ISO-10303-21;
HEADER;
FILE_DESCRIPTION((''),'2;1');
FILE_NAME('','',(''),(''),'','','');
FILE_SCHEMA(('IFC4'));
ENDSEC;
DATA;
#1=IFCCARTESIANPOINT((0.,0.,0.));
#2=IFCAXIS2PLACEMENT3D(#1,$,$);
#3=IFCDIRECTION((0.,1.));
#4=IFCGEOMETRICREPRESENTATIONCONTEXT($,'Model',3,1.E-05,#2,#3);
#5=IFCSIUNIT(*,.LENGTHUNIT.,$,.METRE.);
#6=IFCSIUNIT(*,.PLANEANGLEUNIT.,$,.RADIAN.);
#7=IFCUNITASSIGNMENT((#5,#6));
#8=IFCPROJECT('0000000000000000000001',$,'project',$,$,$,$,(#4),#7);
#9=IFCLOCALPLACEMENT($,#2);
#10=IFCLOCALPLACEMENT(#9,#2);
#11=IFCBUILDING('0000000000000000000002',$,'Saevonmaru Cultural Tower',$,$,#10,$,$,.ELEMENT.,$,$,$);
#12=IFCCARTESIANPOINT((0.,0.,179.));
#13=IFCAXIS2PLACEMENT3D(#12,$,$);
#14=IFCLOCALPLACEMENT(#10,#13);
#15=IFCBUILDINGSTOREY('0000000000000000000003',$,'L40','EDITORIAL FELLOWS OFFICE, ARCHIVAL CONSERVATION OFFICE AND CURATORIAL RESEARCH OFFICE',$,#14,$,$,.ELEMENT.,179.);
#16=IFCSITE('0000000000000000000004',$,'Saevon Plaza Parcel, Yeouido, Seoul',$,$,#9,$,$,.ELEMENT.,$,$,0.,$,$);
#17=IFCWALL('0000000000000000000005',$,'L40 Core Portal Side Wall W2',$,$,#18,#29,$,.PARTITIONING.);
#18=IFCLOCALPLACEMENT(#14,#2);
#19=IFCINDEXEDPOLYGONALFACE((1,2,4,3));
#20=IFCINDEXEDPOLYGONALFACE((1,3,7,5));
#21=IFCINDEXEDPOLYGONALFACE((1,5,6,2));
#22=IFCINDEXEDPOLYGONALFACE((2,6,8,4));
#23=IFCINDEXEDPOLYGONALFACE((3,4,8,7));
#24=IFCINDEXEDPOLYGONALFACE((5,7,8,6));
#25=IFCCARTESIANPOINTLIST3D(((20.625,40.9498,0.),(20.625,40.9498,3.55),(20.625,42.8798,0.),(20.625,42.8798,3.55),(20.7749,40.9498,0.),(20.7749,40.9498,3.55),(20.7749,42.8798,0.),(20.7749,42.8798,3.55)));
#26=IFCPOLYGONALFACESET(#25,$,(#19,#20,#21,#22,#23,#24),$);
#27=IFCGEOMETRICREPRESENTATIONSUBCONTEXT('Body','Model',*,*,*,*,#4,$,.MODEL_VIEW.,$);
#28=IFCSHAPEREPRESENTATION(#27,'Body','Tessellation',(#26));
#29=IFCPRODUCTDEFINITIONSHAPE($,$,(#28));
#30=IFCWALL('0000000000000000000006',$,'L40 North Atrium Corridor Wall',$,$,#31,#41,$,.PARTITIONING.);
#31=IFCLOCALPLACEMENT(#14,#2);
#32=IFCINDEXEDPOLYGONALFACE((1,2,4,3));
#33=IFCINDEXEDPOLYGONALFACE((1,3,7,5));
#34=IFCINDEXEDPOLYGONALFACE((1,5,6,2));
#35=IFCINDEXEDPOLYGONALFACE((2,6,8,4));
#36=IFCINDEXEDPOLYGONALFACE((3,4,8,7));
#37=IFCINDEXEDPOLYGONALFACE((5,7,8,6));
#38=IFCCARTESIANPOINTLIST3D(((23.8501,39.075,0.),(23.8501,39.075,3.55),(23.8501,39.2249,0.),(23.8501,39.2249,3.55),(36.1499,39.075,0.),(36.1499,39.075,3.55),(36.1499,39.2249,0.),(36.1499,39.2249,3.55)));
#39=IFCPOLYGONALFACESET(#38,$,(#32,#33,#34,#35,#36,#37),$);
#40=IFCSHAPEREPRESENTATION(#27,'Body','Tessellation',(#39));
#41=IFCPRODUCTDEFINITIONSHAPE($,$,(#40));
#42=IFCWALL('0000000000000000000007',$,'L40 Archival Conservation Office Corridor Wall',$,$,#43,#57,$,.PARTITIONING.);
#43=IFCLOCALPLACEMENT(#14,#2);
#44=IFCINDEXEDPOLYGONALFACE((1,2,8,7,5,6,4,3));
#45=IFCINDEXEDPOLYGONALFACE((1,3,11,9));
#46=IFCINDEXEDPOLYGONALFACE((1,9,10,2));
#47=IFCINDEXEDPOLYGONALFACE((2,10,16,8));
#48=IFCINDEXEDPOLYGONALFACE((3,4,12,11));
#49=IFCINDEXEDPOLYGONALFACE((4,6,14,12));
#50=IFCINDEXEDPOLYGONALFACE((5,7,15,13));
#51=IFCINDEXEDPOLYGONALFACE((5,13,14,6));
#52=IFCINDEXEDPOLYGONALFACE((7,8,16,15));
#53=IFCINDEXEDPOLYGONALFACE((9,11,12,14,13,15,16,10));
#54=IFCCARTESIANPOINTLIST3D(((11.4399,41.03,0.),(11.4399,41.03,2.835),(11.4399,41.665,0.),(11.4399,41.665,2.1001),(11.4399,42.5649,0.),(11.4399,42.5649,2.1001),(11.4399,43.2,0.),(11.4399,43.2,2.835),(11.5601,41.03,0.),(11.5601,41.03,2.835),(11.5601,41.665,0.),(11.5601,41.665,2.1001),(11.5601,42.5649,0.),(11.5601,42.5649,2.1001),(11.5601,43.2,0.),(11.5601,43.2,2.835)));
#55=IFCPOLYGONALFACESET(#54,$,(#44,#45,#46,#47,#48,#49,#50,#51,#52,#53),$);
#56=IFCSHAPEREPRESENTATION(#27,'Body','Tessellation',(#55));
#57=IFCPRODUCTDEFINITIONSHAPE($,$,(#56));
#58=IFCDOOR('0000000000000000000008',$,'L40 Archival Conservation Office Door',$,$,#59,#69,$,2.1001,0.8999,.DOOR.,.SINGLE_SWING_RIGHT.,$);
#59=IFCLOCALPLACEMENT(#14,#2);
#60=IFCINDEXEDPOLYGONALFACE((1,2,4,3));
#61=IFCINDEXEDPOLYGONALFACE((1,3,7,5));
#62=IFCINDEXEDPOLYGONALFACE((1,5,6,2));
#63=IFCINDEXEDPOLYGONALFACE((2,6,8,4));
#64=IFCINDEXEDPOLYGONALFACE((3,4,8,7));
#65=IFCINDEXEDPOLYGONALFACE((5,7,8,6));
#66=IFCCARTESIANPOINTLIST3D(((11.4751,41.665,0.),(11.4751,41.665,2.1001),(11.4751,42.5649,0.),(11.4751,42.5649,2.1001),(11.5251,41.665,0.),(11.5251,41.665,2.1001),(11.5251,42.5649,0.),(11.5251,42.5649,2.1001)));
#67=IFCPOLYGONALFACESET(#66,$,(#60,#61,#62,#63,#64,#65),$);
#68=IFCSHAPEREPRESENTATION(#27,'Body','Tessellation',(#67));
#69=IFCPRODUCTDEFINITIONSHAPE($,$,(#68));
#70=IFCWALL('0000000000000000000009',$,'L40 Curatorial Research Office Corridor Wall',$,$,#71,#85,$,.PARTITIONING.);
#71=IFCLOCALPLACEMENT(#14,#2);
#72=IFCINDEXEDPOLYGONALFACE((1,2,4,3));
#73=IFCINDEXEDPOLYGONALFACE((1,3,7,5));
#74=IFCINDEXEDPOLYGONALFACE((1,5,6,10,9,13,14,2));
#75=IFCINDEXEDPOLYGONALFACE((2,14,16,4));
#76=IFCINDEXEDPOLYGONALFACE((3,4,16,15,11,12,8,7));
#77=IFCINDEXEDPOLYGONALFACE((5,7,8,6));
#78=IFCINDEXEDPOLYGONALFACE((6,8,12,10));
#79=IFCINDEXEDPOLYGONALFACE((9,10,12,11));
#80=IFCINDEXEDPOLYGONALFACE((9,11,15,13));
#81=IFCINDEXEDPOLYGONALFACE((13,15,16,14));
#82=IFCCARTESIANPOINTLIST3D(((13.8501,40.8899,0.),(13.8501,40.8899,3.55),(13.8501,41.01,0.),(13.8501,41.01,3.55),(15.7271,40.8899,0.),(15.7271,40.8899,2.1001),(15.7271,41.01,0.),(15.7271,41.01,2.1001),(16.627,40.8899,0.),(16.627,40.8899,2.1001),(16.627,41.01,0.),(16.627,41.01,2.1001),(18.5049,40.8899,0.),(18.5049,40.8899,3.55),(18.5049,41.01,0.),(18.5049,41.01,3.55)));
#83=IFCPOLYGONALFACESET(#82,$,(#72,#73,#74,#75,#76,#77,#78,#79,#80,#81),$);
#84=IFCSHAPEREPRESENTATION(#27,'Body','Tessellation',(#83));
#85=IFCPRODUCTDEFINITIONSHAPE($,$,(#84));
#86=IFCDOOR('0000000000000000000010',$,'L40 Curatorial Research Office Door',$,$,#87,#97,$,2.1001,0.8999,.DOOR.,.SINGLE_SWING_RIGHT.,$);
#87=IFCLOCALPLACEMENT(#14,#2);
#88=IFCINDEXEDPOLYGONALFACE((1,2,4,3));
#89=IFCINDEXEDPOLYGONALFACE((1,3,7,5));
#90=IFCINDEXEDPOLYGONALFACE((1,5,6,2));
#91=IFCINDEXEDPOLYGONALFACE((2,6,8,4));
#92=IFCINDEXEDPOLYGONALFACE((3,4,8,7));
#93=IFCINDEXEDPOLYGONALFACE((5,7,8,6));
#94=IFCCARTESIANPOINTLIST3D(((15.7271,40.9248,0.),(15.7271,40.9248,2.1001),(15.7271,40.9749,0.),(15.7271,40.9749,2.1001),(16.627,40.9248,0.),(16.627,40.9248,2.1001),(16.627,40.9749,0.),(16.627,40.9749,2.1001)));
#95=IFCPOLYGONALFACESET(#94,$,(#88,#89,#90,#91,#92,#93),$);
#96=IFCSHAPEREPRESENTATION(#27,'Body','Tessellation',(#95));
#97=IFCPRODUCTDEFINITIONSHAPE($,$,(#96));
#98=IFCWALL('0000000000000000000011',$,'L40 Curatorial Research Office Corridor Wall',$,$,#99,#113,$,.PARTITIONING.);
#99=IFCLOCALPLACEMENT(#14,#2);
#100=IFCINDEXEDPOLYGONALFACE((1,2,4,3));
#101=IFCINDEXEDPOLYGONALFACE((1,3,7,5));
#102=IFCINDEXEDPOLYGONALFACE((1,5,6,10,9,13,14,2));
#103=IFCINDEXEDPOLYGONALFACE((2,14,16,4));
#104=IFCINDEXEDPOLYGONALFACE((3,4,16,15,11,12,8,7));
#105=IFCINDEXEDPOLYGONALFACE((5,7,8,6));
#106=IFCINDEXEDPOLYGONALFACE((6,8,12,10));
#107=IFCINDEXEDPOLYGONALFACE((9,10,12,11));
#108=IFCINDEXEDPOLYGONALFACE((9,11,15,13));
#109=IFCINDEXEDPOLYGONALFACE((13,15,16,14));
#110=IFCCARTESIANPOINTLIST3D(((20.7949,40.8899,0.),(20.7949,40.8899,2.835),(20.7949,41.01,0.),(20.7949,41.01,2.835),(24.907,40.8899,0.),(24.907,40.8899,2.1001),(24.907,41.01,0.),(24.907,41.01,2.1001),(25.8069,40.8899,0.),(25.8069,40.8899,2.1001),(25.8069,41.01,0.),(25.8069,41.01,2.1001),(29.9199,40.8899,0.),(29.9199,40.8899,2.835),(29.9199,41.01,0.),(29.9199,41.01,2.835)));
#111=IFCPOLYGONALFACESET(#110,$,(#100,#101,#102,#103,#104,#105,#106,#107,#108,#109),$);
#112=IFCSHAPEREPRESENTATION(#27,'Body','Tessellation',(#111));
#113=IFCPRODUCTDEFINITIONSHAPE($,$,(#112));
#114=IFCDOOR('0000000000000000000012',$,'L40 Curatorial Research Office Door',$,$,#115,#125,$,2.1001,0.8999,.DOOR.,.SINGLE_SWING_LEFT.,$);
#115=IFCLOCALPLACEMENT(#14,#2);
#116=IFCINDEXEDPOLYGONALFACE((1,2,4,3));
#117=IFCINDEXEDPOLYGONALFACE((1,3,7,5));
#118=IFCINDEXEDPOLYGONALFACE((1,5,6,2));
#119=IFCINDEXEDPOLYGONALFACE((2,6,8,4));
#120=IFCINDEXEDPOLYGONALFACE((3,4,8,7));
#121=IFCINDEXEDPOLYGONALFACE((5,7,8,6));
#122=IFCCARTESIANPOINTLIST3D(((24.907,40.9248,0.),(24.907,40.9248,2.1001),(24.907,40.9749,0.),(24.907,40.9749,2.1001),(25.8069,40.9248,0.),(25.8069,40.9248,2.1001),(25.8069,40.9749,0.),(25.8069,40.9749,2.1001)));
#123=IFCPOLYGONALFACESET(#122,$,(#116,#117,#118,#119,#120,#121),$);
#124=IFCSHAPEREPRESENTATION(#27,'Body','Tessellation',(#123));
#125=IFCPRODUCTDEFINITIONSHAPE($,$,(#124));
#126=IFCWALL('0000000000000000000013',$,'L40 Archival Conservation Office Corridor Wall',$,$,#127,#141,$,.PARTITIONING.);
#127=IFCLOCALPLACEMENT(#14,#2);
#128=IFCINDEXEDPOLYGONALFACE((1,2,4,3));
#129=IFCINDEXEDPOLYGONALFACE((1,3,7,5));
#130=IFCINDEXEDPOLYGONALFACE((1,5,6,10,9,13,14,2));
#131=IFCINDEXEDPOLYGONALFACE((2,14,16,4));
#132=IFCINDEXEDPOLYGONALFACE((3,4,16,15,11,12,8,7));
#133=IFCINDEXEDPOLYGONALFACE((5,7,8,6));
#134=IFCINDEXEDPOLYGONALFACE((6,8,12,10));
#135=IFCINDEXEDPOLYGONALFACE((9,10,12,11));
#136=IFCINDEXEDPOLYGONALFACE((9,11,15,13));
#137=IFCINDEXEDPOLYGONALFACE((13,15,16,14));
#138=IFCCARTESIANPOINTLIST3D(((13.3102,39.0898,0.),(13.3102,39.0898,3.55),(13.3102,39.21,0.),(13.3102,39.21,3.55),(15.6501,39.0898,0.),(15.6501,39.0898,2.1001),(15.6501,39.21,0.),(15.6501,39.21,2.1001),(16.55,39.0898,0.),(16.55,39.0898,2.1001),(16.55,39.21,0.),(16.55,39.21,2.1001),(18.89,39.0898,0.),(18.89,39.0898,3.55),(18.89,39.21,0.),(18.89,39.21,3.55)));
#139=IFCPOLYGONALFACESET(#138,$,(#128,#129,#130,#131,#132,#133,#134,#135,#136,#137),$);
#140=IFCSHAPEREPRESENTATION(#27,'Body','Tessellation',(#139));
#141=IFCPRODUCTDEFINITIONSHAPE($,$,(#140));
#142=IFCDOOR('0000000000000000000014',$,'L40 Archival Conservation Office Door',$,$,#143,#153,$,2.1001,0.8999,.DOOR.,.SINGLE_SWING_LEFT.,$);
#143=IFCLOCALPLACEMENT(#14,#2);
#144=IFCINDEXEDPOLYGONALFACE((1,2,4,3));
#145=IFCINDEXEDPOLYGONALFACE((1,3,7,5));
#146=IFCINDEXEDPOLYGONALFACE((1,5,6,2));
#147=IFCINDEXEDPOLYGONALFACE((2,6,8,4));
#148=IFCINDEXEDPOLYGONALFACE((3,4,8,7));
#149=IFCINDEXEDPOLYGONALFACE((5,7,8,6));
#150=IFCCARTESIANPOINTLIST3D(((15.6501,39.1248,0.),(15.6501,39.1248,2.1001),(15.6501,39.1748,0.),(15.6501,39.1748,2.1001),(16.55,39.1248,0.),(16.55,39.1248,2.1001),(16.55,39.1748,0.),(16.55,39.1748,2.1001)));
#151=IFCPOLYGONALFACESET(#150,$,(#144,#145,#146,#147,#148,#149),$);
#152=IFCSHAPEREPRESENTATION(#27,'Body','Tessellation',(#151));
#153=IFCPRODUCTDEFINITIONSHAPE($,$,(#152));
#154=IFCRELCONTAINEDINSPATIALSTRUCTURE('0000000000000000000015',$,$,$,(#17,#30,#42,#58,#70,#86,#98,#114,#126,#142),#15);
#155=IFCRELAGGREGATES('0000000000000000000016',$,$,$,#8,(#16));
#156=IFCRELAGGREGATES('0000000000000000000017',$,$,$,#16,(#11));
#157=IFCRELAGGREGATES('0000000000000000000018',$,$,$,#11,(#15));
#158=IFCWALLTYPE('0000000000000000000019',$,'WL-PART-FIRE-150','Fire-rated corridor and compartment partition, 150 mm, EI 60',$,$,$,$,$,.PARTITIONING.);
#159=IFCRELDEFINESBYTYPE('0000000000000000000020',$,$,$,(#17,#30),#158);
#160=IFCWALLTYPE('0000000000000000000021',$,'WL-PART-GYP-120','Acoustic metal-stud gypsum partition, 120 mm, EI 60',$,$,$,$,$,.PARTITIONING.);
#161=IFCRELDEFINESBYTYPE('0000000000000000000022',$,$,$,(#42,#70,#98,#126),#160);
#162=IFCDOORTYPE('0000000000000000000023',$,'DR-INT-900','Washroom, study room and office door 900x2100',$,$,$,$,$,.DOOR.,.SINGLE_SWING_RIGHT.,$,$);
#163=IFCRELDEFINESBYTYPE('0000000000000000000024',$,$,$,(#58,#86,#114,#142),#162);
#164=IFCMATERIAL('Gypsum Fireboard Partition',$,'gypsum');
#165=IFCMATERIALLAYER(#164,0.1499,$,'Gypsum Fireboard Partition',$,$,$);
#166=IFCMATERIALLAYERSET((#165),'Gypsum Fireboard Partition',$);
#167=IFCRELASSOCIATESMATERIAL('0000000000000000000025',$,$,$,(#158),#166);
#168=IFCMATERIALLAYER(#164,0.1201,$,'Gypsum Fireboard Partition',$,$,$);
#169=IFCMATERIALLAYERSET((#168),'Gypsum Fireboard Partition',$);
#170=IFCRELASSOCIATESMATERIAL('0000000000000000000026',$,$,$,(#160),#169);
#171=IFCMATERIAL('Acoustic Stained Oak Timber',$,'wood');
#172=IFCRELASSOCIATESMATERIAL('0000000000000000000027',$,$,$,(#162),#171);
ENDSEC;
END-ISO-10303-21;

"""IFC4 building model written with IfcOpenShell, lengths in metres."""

from ifc_helpers import new_model, si_unit, direction, frame, frame_2d, origin, place, context, subcontext, project, spatial, rectangle, extrude, material, layer, layer_set, type_object, element, fill, save


model = new_model("IFC4")

# Units and contexts
model_context = context("Model", 3, precision=1e-05, world=origin(), true_north=direction((0.0, 1.0)))
body_context = subcontext(model_context, "Body", "Model", "MODEL_VIEW")
ifc_project = project(units=[si_unit("LENGTHUNIT", "METRE"), si_unit("PLANEANGLEUNIT", "RADIAN")], contexts=[model_context])

# Site, building, storey
site_placement = place(None, origin())
site = spatial("IfcSite", under=ifc_project, at=site_placement, Name="Saevon Plaza Parcel, Yeouido, Seoul", CompositionType="ELEMENT", RefElevation=0.0)
building_placement = place(site_placement, origin())
building = spatial("IfcBuilding", under=site, at=building_placement, Name="Saevonmaru Cultural Tower", CompositionType="ELEMENT")
storey_placement = place(building_placement, frame((0.0, 0.0, 179.0)))
storey = spatial("IfcBuildingStorey", under=building, at=storey_placement, Name="L40", Description="EDITORIAL FELLOWS OFFICE, ARCHIVAL CONSERVATION OFFICE AND CURATORIAL RESEARCH OFFICE", CompositionType="ELEMENT", Elevation=179.0)

# Walls
ifc_material_1 = material(Name="Gypsum Fireboard Partition", Category="gypsum")
ifc_layer_1 = layer(ifc_material_1, 0.1499, Name="Gypsum Fireboard Partition")
ifc_layer_set_1 = layer_set([ifc_layer_1], Name="Gypsum Fireboard Partition")
wall_type_1 = type_object("IfcWallType", Name="WL-PART-FIRE-150", Description="Fire-rated corridor and compartment partition, 150 mm, EI 60", PredefinedType="PARTITIONING", material=ifc_layer_set_1)
for number, where, z_axis, x_axis, name in (
    (1, (20.7, 40.95, 0.0), (0.0, 0.0, 1.0), (0.0, 1.0, 0.0), "L40 Core Portal Side Wall W2"),
):
    element("IfcWall", number, at=place(storey_placement, frame(where, z_axis=z_axis, x_axis=x_axis)), inside=storey, type_object=wall_type_1, Name=name, PredefinedType="PARTITIONING", context=body_context, shape_type="SweptSolid", body=[
        extrude(rectangle(XDim=1.9299, YDim=0.1499, at=frame_2d((0.9648, 0.0))), origin(), (0.0, 0.0, 1.0), 3.55),
    ])
wall_1_placement = place(storey_placement, frame((23.8501, 39.1499, 0.0), z_axis=(0.0, 0.0, 1.0), x_axis=(1.0, 0.0, 0.0)))
element("IfcWall", 2, at=wall_1_placement, inside=storey, type_object=wall_type_1, Name="L40 North Atrium Corridor Wall", PredefinedType="PARTITIONING", context=body_context, shape_type="SweptSolid", body=[
    extrude(rectangle(XDim=12.2998, YDim=0.1499, at=frame_2d((6.1499, 0.0))), origin(), (0.0, 0.0, 1.0), 3.55),
])

# Walls, openings, doors
ifc_layer_2 = layer(ifc_material_1, 0.1201, Name="Gypsum Fireboard Partition")
ifc_layer_set_2 = layer_set([ifc_layer_2], Name="Gypsum Fireboard Partition")
wall_type_2 = type_object("IfcWallType", Name="WL-PART-GYP-120", Description="Acoustic metal-stud gypsum partition, 120 mm, EI 60", PredefinedType="PARTITIONING", material=ifc_layer_set_2)
wall_2_placement = place(storey_placement, frame((11.5, 41.03, 0.0), z_axis=(0.0, 0.0, 1.0), x_axis=(0.0, 1.0, 0.0)))
wall_2 = element("IfcWall", 3, at=wall_2_placement, inside=storey, type_object=wall_type_2, Name="L40 Archival Conservation Office Corridor Wall", PredefinedType="PARTITIONING", context=body_context, shape_type="SweptSolid", body=[
    extrude(rectangle(XDim=2.1699, YDim=0.1201, at=frame_2d((1.085, 0.0))), origin(), (0.0, 0.0, 1.0), 2.835),
])
opening_1_placement = place(wall_2_placement, frame((0.635, 0.0, 0.0)))
opening_1 = element("IfcOpeningElement", 4, at=opening_1_placement, cuts=wall_2, PredefinedType="OPENING", context=body_context, shape_type="SweptSolid", body=[
    extrude(rectangle(XDim=0.8999, YDim=2.1001, at=frame_2d((0.45, 1.05))), frame((0.0, 0.0701, 0.0), z_axis=(0.0, -1.0, 0.0), x_axis=(1.0, 0.0, 0.0)), (0.0, 0.0, 1.0), 0.1401),
])
ifc_material_2 = material(Name="Acoustic Stained Oak Timber", Category="wood")
door_type = type_object("IfcDoorType", Name="DR-INT-900", Description="Washroom, study room and office door 900x2100", OperationType="SINGLE_SWING_RIGHT", PredefinedType="DOOR", material=ifc_material_2)
door_1_placement = place(opening_1_placement, origin())
door_1 = element("IfcDoor", 5, at=door_1_placement, inside=storey, type_object=door_type, Name="L40 Archival Conservation Office Door", OperationType="SINGLE_SWING_RIGHT", OverallHeight=2.1001, OverallWidth=0.8999, PredefinedType="DOOR", context=body_context, shape_type="SweptSolid", body=[
    extrude(rectangle(XDim=0.8999, YDim=2.1001, at=frame_2d((0.45, 1.05))), frame((0.0, 0.0249, 0.0), z_axis=(0.0, -1.0, 0.0), x_axis=(1.0, 0.0, 0.0)), (0.0, 0.0, 1.0), 0.05),
])
fill(opening_1, door_1)
wall_3_placement = place(storey_placement, frame((13.8501, 40.95, 0.0), z_axis=(0.0, 0.0, 1.0), x_axis=(1.0, 0.0, 0.0)))
wall_3 = element("IfcWall", 6, at=wall_3_placement, inside=storey, type_object=wall_type_2, Name="L40 Curatorial Research Office Corridor Wall", PredefinedType="PARTITIONING", context=body_context, shape_type="SweptSolid", body=[
    extrude(rectangle(XDim=4.6548, YDim=0.1201, at=frame_2d((2.3274, 0.0))), origin(), (0.0, 0.0, 1.0), 3.55),
])
opening_2_placement = place(wall_3_placement, frame((1.877, 0.0, 0.0)))
opening_2 = element("IfcOpeningElement", 7, at=opening_2_placement, cuts=wall_3, PredefinedType="OPENING", context=body_context, shape_type="SweptSolid", body=[
    extrude(rectangle(XDim=0.8999, YDim=2.1001, at=frame_2d((0.45, 1.05))), frame((0.0, 0.0701, 0.0), z_axis=(0.0, -1.0, 0.0), x_axis=(1.0, 0.0, 0.0)), (0.0, 0.0, 1.0), 0.1401),
])
door_2_placement = place(opening_2_placement, origin())
door_2 = element("IfcDoor", 8, at=door_2_placement, inside=storey, type_object=door_type, Name="L40 Curatorial Research Office Door", OperationType="SINGLE_SWING_RIGHT", OverallHeight=2.1001, OverallWidth=0.8999, PredefinedType="DOOR", context=body_context, shape_type="SweptSolid", body=[
    extrude(rectangle(XDim=0.8999, YDim=2.1001, at=frame_2d((0.45, 1.05))), frame((0.0, 0.0249, 0.0), z_axis=(0.0, -1.0, 0.0), x_axis=(1.0, 0.0, 0.0)), (0.0, 0.0, 1.0), 0.05),
])
fill(opening_2, door_2)
wall_4_placement = place(storey_placement, frame((20.7949, 40.95, 0.0), z_axis=(0.0, 0.0, 1.0), x_axis=(1.0, 0.0, 0.0)))
wall_4 = element("IfcWall", 9, at=wall_4_placement, inside=storey, type_object=wall_type_2, Name="L40 Curatorial Research Office Corridor Wall", PredefinedType="PARTITIONING", context=body_context, shape_type="SweptSolid", body=[
    extrude(rectangle(XDim=9.125, YDim=0.1201, at=frame_2d((4.5625, 0.0))), origin(), (0.0, 0.0, 1.0), 2.835),
])
opening_3_placement = place(wall_4_placement, frame((4.1121, 0.0, 0.0)))
opening_3 = element("IfcOpeningElement", 10, at=opening_3_placement, cuts=wall_4, PredefinedType="OPENING", context=body_context, shape_type="SweptSolid", body=[
    extrude(rectangle(XDim=0.8999, YDim=2.1001, at=frame_2d((0.45, 1.05))), frame((0.0, 0.0701, 0.0), z_axis=(0.0, -1.0, 0.0), x_axis=(1.0, 0.0, 0.0)), (0.0, 0.0, 1.0), 0.1401),
])
door_3_placement = place(opening_3_placement, origin())
door_3 = element("IfcDoor", 11, at=door_3_placement, inside=storey, type_object=door_type, Name="L40 Curatorial Research Office Door", OperationType="SINGLE_SWING_LEFT", OverallHeight=2.1001, OverallWidth=0.8999, PredefinedType="DOOR", context=body_context, shape_type="SweptSolid", body=[
    extrude(rectangle(XDim=0.8999, YDim=2.1001, at=frame_2d((0.45, 1.05))), frame((0.0, 0.0249, 0.0), z_axis=(0.0, -1.0, 0.0), x_axis=(1.0, 0.0, 0.0)), (0.0, 0.0, 1.0), 0.05),
])
fill(opening_3, door_3)
wall_5_placement = place(storey_placement, frame((13.3101, 39.1499, 0.0), z_axis=(0.0, 0.0, 1.0), x_axis=(1.0, 0.0, 0.0)))
wall_5 = element("IfcWall", 12, at=wall_5_placement, inside=storey, type_object=wall_type_2, Name="L40 Archival Conservation Office Corridor Wall", PredefinedType="PARTITIONING", context=body_context, shape_type="SweptSolid", body=[
    extrude(rectangle(XDim=5.5798, YDim=0.1201, at=frame_2d((2.79, 0.0))), origin(), (0.0, 0.0, 1.0), 3.55),
])
opening_4_placement = place(wall_5_placement, frame((2.3401, 0.0, 0.0)))
opening_4 = element("IfcOpeningElement", 13, at=opening_4_placement, cuts=wall_5, PredefinedType="OPENING", context=body_context, shape_type="SweptSolid", body=[
    extrude(rectangle(XDim=0.8999, YDim=2.1001, at=frame_2d((0.45, 1.05))), frame((0.0, 0.0701, 0.0), z_axis=(0.0, -1.0, 0.0), x_axis=(1.0, 0.0, 0.0)), (0.0, 0.0, 1.0), 0.1401),
])
door_4_placement = place(opening_4_placement, origin())
door_4 = element("IfcDoor", 14, at=door_4_placement, inside=storey, type_object=door_type, Name="L40 Archival Conservation Office Door", OperationType="SINGLE_SWING_LEFT", OverallHeight=2.1001, OverallWidth=0.8999, PredefinedType="DOOR", context=body_context, shape_type="SweptSolid", body=[
    extrude(rectangle(XDim=0.8999, YDim=2.1001, at=frame_2d((0.45, 1.05))), frame((0.0, 0.0249, 0.0), z_axis=(0.0, -1.0, 0.0), x_axis=(1.0, 0.0, 0.0)), (0.0, 0.0, 1.0), 0.05),
])
fill(opening_4, door_4)

save(model, "model.ifc")
